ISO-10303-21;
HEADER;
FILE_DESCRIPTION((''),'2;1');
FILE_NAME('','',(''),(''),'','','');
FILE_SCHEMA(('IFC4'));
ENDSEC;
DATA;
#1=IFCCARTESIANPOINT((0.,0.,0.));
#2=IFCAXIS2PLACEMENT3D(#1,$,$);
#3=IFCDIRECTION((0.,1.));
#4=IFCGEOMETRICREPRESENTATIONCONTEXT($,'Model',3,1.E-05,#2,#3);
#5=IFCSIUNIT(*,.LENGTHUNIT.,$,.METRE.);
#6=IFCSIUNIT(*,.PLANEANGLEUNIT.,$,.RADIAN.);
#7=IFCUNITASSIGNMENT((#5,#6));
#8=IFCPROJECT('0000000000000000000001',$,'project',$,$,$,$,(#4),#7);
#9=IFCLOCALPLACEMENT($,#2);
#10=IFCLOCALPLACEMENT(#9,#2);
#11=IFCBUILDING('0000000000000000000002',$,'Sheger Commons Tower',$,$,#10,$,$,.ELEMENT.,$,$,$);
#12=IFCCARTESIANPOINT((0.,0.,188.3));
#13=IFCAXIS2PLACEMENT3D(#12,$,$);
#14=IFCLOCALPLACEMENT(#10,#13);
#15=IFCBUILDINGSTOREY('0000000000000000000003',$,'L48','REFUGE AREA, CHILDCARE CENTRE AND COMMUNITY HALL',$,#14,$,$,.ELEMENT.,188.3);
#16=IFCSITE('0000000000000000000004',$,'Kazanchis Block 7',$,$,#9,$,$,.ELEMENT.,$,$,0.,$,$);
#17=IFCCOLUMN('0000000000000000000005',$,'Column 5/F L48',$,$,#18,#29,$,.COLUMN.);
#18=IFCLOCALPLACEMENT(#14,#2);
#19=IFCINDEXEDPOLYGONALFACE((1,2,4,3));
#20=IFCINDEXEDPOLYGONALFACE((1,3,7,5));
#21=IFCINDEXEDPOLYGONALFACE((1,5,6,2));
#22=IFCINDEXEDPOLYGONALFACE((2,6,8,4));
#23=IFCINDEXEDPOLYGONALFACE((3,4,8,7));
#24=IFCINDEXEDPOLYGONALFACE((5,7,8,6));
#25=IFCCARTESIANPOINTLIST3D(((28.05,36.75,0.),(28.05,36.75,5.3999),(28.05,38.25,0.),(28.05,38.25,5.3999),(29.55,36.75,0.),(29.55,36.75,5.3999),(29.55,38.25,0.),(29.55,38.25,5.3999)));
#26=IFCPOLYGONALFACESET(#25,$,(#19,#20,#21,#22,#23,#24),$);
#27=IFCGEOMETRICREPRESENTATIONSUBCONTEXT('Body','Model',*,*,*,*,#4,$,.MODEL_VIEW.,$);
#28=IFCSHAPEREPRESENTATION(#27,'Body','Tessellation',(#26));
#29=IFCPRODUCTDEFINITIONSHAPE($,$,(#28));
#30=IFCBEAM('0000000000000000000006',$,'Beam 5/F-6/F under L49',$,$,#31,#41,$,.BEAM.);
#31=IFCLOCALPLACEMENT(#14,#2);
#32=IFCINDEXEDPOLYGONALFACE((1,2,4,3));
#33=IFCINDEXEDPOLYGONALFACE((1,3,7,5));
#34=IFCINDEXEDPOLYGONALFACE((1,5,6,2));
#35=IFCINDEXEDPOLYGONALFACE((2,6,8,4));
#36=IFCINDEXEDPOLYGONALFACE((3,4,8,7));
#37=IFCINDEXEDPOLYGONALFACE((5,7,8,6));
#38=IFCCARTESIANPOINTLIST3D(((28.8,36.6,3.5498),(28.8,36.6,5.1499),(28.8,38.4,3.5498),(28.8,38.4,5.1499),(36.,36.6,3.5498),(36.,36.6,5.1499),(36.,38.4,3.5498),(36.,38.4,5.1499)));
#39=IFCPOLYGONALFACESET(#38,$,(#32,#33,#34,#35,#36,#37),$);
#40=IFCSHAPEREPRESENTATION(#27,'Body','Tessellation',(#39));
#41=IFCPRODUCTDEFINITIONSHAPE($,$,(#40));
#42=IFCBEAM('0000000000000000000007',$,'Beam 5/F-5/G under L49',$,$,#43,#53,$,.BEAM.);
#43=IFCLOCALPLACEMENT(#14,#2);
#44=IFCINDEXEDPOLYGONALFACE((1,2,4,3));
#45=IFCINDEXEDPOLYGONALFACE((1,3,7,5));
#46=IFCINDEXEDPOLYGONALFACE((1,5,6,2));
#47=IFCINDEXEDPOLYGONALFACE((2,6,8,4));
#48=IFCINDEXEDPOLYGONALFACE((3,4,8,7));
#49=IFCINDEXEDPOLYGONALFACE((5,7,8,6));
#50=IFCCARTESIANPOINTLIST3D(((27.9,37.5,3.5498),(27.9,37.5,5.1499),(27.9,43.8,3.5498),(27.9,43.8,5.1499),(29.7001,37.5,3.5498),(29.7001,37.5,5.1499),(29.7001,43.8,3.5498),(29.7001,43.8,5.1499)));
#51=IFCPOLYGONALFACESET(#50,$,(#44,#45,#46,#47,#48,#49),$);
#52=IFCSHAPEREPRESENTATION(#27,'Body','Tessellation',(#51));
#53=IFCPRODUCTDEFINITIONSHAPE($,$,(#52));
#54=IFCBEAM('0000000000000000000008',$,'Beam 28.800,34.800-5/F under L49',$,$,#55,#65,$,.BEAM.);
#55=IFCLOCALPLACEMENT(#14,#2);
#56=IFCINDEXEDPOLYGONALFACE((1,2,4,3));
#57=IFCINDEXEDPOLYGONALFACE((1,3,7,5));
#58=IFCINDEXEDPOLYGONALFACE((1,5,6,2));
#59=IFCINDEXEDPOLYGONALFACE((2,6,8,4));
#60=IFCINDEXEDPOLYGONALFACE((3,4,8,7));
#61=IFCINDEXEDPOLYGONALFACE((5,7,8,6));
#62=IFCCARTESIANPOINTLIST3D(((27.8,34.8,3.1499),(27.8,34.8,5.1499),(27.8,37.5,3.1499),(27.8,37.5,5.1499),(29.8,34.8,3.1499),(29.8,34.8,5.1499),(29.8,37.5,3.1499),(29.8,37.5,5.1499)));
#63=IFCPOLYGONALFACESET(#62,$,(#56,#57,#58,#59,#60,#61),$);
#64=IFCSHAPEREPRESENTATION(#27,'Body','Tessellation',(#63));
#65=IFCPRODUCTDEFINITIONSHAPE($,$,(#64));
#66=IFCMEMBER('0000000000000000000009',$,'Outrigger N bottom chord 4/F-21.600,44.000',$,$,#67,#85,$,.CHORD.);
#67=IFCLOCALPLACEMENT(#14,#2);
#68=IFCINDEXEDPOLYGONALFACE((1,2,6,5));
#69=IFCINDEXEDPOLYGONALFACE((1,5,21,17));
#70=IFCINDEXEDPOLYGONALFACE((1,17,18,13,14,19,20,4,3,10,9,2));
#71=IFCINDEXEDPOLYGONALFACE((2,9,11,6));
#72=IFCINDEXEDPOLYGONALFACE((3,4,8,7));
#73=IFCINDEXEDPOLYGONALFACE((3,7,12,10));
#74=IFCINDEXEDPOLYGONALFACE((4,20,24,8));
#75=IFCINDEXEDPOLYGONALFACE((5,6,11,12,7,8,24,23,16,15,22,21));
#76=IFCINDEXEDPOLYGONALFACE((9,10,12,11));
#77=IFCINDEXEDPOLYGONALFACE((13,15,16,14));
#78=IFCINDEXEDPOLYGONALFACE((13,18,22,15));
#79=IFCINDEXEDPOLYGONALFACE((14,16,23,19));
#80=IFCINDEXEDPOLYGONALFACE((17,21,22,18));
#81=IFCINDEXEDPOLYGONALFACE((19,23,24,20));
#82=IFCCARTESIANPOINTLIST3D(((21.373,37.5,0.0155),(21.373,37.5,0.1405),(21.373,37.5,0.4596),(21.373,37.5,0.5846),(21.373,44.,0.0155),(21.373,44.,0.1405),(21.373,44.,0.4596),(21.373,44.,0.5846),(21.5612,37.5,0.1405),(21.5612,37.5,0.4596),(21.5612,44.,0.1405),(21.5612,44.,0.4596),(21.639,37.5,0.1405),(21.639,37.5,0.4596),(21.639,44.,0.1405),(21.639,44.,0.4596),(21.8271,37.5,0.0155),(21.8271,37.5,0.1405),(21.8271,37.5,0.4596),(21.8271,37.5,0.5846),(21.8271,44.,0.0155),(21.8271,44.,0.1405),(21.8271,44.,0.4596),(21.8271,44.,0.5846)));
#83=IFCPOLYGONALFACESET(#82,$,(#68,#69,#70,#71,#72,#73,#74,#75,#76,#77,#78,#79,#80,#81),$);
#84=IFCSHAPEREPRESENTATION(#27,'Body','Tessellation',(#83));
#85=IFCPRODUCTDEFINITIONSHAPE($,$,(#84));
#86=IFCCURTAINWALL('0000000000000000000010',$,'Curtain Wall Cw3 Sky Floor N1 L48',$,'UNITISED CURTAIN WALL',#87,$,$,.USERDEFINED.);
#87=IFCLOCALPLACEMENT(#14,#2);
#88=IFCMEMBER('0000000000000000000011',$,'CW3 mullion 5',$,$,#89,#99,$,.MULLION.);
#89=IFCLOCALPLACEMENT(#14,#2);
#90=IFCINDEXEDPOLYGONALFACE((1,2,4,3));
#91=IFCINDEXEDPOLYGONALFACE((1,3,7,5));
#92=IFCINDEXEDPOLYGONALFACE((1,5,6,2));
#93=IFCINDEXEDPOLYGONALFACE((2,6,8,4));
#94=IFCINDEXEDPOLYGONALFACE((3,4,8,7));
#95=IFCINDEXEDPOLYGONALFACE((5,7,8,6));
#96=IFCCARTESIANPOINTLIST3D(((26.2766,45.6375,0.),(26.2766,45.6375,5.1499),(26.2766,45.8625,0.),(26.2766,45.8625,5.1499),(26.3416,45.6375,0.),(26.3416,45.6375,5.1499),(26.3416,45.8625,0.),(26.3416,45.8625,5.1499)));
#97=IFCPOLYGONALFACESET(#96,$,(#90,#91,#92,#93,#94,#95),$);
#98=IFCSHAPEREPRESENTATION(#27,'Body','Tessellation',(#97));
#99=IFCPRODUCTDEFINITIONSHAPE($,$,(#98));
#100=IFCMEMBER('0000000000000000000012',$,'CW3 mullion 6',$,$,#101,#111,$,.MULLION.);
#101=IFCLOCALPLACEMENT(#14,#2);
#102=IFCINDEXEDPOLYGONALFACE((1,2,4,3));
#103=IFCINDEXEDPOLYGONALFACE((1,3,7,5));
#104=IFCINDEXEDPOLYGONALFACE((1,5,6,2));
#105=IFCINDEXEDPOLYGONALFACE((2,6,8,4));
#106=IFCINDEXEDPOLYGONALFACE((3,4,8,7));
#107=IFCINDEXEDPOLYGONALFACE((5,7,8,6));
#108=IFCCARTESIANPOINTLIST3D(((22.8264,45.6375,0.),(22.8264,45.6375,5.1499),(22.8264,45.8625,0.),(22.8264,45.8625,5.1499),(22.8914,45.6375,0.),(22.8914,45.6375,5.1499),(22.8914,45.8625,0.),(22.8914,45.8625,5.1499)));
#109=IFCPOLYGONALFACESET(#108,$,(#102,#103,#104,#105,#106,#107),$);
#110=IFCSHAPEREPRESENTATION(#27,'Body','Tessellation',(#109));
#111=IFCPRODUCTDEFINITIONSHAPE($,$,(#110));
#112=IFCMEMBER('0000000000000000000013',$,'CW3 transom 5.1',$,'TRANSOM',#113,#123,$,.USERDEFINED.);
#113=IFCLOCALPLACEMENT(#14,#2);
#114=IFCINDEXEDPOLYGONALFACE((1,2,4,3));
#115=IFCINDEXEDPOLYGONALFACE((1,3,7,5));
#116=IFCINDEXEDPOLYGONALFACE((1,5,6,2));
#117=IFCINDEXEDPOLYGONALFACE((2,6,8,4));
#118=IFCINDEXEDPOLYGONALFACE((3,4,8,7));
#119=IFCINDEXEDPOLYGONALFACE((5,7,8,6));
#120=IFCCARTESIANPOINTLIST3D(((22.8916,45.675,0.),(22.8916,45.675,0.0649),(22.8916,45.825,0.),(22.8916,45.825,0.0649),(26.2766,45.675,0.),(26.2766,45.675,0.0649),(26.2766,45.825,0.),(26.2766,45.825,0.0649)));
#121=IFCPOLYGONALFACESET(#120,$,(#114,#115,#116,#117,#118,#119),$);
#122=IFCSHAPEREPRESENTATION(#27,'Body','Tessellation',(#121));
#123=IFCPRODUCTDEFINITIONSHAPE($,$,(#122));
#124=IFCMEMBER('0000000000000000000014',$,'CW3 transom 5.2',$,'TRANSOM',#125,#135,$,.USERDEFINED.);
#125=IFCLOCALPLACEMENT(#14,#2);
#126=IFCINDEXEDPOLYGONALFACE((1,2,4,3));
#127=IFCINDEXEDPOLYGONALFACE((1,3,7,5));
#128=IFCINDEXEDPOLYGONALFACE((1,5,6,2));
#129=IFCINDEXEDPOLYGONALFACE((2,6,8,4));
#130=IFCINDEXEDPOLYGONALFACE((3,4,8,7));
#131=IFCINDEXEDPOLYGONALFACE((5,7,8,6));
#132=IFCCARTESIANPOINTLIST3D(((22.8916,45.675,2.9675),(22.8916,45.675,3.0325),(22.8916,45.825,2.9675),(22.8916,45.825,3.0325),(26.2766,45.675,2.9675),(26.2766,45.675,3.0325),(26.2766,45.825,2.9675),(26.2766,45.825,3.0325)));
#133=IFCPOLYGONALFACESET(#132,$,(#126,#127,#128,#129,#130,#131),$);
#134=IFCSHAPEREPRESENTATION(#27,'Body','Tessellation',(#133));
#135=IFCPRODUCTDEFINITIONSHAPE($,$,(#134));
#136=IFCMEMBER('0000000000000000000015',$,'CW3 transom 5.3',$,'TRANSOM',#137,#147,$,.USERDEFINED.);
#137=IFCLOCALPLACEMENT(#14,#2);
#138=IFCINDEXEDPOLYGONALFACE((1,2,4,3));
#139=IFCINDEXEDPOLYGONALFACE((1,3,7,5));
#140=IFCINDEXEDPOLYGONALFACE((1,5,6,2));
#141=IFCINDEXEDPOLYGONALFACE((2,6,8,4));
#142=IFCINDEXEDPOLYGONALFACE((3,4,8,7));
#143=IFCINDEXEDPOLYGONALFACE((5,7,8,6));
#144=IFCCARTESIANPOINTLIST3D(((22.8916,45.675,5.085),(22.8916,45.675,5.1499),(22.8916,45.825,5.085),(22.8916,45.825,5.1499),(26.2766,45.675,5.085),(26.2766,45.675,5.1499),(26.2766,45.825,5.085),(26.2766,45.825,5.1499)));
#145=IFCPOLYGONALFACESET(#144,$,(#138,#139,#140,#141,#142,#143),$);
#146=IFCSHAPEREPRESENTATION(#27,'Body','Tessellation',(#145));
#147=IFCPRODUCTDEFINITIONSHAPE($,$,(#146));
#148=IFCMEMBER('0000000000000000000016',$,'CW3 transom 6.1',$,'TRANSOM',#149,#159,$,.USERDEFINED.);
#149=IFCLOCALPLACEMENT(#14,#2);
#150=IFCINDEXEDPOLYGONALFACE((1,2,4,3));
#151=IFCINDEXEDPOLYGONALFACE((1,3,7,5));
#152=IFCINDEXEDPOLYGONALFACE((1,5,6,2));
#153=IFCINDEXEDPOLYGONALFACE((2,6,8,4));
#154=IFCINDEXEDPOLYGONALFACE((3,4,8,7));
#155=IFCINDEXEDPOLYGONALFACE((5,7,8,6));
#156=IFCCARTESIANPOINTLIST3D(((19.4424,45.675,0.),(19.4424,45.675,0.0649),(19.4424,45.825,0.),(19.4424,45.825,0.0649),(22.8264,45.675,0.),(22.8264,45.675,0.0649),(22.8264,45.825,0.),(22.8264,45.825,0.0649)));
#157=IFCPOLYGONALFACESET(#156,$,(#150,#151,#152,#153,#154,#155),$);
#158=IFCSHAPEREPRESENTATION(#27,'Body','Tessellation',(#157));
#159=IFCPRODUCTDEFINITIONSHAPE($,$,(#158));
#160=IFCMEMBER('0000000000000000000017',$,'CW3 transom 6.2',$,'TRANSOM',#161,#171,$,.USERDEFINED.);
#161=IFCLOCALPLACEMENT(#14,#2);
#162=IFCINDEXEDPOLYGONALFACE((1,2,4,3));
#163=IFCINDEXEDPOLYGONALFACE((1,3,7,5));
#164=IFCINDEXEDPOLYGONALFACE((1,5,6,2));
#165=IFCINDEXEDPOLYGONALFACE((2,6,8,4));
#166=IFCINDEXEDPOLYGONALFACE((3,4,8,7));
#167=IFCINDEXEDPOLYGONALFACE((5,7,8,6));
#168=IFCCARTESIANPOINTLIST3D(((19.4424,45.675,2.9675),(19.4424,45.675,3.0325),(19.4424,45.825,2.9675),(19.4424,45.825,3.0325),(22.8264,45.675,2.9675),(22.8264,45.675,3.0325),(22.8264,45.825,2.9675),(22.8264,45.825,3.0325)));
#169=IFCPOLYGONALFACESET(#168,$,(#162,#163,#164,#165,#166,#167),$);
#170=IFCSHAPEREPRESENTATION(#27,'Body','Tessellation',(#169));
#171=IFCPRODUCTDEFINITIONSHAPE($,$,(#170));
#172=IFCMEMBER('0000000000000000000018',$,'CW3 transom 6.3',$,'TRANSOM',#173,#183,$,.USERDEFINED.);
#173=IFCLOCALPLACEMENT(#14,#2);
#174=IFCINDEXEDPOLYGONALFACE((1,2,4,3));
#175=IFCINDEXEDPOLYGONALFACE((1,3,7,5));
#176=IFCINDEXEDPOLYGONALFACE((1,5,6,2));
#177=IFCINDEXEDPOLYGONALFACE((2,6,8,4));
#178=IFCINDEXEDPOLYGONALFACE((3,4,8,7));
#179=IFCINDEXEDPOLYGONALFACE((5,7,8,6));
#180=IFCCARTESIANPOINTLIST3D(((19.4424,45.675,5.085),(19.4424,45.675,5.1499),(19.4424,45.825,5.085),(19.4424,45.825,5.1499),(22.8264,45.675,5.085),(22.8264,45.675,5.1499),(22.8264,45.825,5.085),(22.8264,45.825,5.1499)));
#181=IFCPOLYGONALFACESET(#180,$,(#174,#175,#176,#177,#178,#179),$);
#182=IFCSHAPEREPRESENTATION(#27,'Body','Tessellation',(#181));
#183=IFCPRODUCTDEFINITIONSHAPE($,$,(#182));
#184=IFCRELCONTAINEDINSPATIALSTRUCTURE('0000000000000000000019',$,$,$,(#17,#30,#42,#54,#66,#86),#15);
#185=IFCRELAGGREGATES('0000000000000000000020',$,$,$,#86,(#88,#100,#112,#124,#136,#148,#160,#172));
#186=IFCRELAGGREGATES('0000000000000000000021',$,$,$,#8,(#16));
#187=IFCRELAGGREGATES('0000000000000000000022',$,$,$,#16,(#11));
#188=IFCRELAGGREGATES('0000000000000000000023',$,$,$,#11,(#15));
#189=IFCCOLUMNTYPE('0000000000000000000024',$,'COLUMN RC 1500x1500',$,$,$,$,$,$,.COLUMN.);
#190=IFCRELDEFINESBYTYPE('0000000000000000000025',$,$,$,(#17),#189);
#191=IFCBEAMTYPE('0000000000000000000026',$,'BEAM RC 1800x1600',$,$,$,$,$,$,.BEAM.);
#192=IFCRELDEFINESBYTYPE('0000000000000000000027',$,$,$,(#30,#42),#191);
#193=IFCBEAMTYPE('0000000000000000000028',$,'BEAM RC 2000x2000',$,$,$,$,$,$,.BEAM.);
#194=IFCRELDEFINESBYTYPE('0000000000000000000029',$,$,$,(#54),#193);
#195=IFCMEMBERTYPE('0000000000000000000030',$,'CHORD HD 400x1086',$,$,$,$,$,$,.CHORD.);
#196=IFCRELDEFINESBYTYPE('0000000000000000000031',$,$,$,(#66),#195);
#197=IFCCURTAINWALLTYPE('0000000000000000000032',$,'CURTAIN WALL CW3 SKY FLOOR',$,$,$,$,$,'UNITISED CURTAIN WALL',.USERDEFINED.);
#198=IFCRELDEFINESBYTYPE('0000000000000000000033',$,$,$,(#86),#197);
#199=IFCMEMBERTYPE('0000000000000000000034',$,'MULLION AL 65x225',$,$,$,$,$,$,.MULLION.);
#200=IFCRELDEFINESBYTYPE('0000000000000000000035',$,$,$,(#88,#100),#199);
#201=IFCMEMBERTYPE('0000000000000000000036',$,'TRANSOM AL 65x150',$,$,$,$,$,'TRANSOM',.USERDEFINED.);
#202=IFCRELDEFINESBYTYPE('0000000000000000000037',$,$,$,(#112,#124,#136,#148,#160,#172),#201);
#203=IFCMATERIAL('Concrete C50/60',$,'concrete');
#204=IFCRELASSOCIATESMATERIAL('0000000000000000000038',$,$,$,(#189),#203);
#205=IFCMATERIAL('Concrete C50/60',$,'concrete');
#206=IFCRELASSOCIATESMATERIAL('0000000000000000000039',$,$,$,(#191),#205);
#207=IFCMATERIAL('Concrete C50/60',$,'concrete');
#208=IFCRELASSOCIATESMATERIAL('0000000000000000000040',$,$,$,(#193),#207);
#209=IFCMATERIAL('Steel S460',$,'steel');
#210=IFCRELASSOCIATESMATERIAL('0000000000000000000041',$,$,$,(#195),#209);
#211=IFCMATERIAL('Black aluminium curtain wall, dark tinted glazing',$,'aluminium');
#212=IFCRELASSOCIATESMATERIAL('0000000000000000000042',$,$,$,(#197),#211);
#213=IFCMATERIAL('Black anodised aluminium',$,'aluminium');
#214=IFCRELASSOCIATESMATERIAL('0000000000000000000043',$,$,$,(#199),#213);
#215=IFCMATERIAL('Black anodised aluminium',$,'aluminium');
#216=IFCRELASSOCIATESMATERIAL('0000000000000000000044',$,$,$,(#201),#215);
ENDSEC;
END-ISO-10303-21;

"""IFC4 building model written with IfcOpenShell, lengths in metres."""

from ifc_helpers import new_model, si_unit, direction, frame, origin, origin_2d, place, context, subcontext, project, spatial, rectangle, i_section, extrude, material, material_profile, profile_set, type_object, element, aggregate, save


model = new_model("IFC4")

# Units and contexts
model_context = context("Model", 3, precision=1e-05, world=origin(), true_north=direction((0.0, 1.0)))
body_context = subcontext(model_context, "Body", "Model", "MODEL_VIEW")
ifc_project = project(units=[si_unit("LENGTHUNIT", "METRE"), si_unit("PLANEANGLEUNIT", "RADIAN")], contexts=[model_context])

# Site, building, storey
site_placement = place(None, origin())
site = spatial("IfcSite", under=ifc_project, at=site_placement, Name="Kazanchis Block 7", CompositionType="ELEMENT", RefElevation=0.0)
building_placement = place(site_placement, origin())
building = spatial("IfcBuilding", under=site, at=building_placement, Name="Sheger Commons Tower", CompositionType="ELEMENT")
storey_placement = place(building_placement, frame((0.0, 0.0, 188.3)))
storey = spatial("IfcBuildingStorey", under=building, at=storey_placement, Name="L48", Description="REFUGE AREA, CHILDCARE CENTRE AND COMMUNITY HALL", CompositionType="ELEMENT", Elevation=188.3)

# Column
ifc_material_1 = material(Name="Concrete C50/60", Category="concrete")
ifc_material_profile_1 = material_profile(ifc_material_1, rectangle(XDim=1.5, YDim=1.5, at=origin_2d()), Name="RC 1500x1500")
ifc_profile_set_1 = profile_set([ifc_material_profile_1], Name="Concrete C50/60")
column_type = type_object("IfcColumnType", Name="COLUMN RC 1500x1500", PredefinedType="COLUMN", material=ifc_profile_set_1)
column_placement = place(storey_placement, frame((28.8, 37.5, 0.0), z_axis=(0.0, 0.0, 1.0), x_axis=(1.0, 0.0, 0.0)))
element("IfcColumn", 1, at=column_placement, inside=storey, type_object=column_type, Name="Column 5/F L48", PredefinedType="COLUMN", context=body_context, shape_type="SweptSolid", body=[
    extrude(rectangle(XDim=1.5, YDim=1.5, at=origin_2d()), origin(), (0.0, 0.0, 1.0), 5.3999),
])

# Beams
ifc_material_2 = material(Name="Concrete C50/60", Category="concrete")
ifc_material_profile_2 = material_profile(ifc_material_2, rectangle(XDim=1.8, YDim=1.6001, at=origin_2d()), Name="RC 1800x1600")
ifc_profile_set_2 = profile_set([ifc_material_profile_2], Name="Concrete C50/60")
beam_type_1 = type_object("IfcBeamType", Name="BEAM RC 1800x1600", PredefinedType="BEAM", material=ifc_profile_set_2)
beam_1_placement = place(storey_placement, frame((28.8, 37.5, 4.3499), z_axis=(1.0, 0.0, 0.0), x_axis=(0.0, 1.0, 0.0)))
element("IfcBeam", 2, at=beam_1_placement, inside=storey, type_object=beam_type_1, Name="Beam 5/F-6/F under L49", PredefinedType="BEAM", context=body_context, shape_type="SweptSolid", body=[
    extrude(rectangle(XDim=1.8, YDim=1.6001, at=origin_2d()), origin(), (0.0, 0.0, 1.0), 7.2),
])
beam_2_placement = place(storey_placement, frame((28.8, 37.5, 4.3499), z_axis=(0.0, 1.0, 0.0), x_axis=(-1.0, 0.0, 0.0)))
element("IfcBeam", 3, at=beam_2_placement, inside=storey, type_object=beam_type_1, Name="Beam 5/F-5/G under L49", PredefinedType="BEAM", context=body_context, shape_type="SweptSolid", body=[
    extrude(rectangle(XDim=1.8, YDim=1.6001, at=origin_2d()), origin(), (0.0, 0.0, 1.0), 6.3),
])
ifc_material_3 = material(Name="Concrete C50/60", Category="concrete")
ifc_material_profile_3 = material_profile(ifc_material_3, rectangle(XDim=2.0, YDim=2.0, at=origin_2d()), Name="RC 2000x2000")
ifc_profile_set_3 = profile_set([ifc_material_profile_3], Name="Concrete C50/60")
beam_type_2 = type_object("IfcBeamType", Name="BEAM RC 2000x2000", PredefinedType="BEAM", material=ifc_profile_set_3)
beam_3_placement = place(storey_placement, frame((28.8, 34.8, 4.1499), z_axis=(0.0, 1.0, 0.0), x_axis=(-1.0, 0.0, 0.0)))
element("IfcBeam", 4, at=beam_3_placement, inside=storey, type_object=beam_type_2, Name="Beam 28.800,34.800-5/F under L49", PredefinedType="BEAM", context=body_context, shape_type="SweptSolid", body=[
    extrude(rectangle(XDim=2.0, YDim=2.0, at=origin_2d()), origin(), (0.0, 0.0, 1.0), 2.7),
])

# Member
ifc_material_4 = material(Name="Steel S460", Category="steel")
ifc_material_profile_4 = material_profile(ifc_material_4, i_section(OverallWidth=0.4541, OverallDepth=0.5691, WebThickness=0.0779, FlangeThickness=0.125, at=origin_2d()), Name="HD 400x1086")
ifc_profile_set_4 = profile_set([ifc_material_profile_4], Name="Steel S460")
member_type_1 = type_object("IfcMemberType", Name="CHORD HD 400x1086", PredefinedType="CHORD", material=ifc_profile_set_4)
member_1_placement = place(storey_placement, frame((21.6001, 37.5, 0.3), z_axis=(0.0, 1.0, 0.0), x_axis=(-1.0, 0.0, 0.0)))
element("IfcMember", 5, at=member_1_placement, inside=storey, type_object=member_type_1, Name="Outrigger N bottom chord 4/F-21.600,44.000", PredefinedType="CHORD", context=body_context, shape_type="SweptSolid", body=[
    extrude(i_section(OverallWidth=0.4541, OverallDepth=0.5691, WebThickness=0.0779, FlangeThickness=0.125, at=origin_2d()), origin(), (0.0, 0.0, 1.0), 6.5),
])

# Curtain wall, members
ifc_material_5 = material(Name="Black aluminium curtain wall, dark tinted glazing", Category="aluminium")
curtain_wall_type = type_object("IfcCurtainWallType", Name="CURTAIN WALL CW3 SKY FLOOR", ElementType="UNITISED CURTAIN WALL", PredefinedType="USERDEFINED", material=ifc_material_5)
curtain_wall_placement = place(storey_placement, origin())
curtain_wall = element("IfcCurtainWall", 6, at=curtain_wall_placement, inside=storey, type_object=curtain_wall_type, Name="Curtain Wall Cw3 Sky Floor N1 L48", ObjectType="UNITISED CURTAIN WALL", PredefinedType="USERDEFINED")
ifc_material_6 = material(Name="Black anodised aluminium", Category="aluminium")
ifc_material_profile_5 = material_profile(ifc_material_6, rectangle(XDim=0.2251, YDim=0.0649, at=origin_2d()), Name="AL 65x225")
ifc_profile_set_5 = profile_set([ifc_material_profile_5], Name="Black anodised aluminium")
member_type_2 = type_object("IfcMemberType", Name="MULLION AL 65x225", PredefinedType="MULLION", material=ifc_profile_set_5)
member_2_placement = place(storey_placement, frame((26.3091, 45.75, 0.0), z_axis=(0.0, 0.0, 1.0), x_axis=(0.0, -1.0, 0.0)))
member_2 = element("IfcMember", 7, at=member_2_placement, type_object=member_type_2, Name="CW3 mullion 5", PredefinedType="MULLION", context=body_context, shape_type="SweptSolid", body=[
    extrude(rectangle(XDim=0.2251, YDim=0.0649, at=origin_2d()), origin(), (0.0, 0.0, 1.0), 5.1499),
])
member_3_placement = place(storey_placement, frame((22.8589, 45.75, 0.0), z_axis=(0.0, 0.0, 1.0), x_axis=(0.0, -1.0, 0.0)))
member_3 = element("IfcMember", 8, at=member_3_placement, type_object=member_type_2, Name="CW3 mullion 6", PredefinedType="MULLION", context=body_context, shape_type="SweptSolid", body=[
    extrude(rectangle(XDim=0.2251, YDim=0.0649, at=origin_2d()), origin(), (0.0, 0.0, 1.0), 5.1499),
])
ifc_material_7 = material(Name="Black anodised aluminium", Category="aluminium")
ifc_material_profile_6 = material_profile(ifc_material_7, rectangle(XDim=0.1499, YDim=0.0649, at=origin_2d()), Name="AL 65x150")
ifc_profile_set_6 = profile_set([ifc_material_profile_6], Name="Black anodised aluminium")
member_type_3 = type_object("IfcMemberType", Name="TRANSOM AL 65x150", ElementType="TRANSOM", PredefinedType="USERDEFINED", material=ifc_profile_set_6)
member_4_placement = place(storey_placement, frame((26.2766, 45.75, 0.0325), z_axis=(-1.0, 0.0, 0.0), x_axis=(0.0, -1.0, 0.0)))
member_4 = element("IfcMember", 9, at=member_4_placement, type_object=member_type_3, Name="CW3 transom 5.1", ObjectType="TRANSOM", PredefinedType="USERDEFINED", context=body_context, shape_type="SweptSolid", body=[
    extrude(rectangle(XDim=0.1499, YDim=0.0649, at=origin_2d()), origin(), (0.0, 0.0, 1.0), 3.385),
])
member_5_placement = place(storey_placement, frame((26.2766, 45.75, 3.0), z_axis=(-1.0, 0.0, 0.0), x_axis=(0.0, -1.0, 0.0)))
member_5 = element("IfcMember", 10, at=member_5_placement, type_object=member_type_3, Name="CW3 transom 5.2", ObjectType="TRANSOM", PredefinedType="USERDEFINED", context=body_context, shape_type="SweptSolid", body=[
    extrude(rectangle(XDim=0.1499, YDim=0.0649, at=origin_2d()), origin(), (0.0, 0.0, 1.0), 3.385),
])
member_6_placement = place(storey_placement, frame((26.2766, 45.75, 5.1174), z_axis=(-1.0, 0.0, 0.0), x_axis=(0.0, -1.0, 0.0)))
member_6 = element("IfcMember", 11, at=member_6_placement, type_object=member_type_3, Name="CW3 transom 5.3", ObjectType="TRANSOM", PredefinedType="USERDEFINED", context=body_context, shape_type="SweptSolid", body=[
    extrude(rectangle(XDim=0.1499, YDim=0.0649, at=origin_2d()), origin(), (0.0, 0.0, 1.0), 3.385),
])
member_7_placement = place(storey_placement, frame((22.8264, 45.75, 0.0325), z_axis=(-1.0, 0.0, 0.0), x_axis=(0.0, -1.0, 0.0)))
member_7 = element("IfcMember", 12, at=member_7_placement, type_object=member_type_3, Name="CW3 transom 6.1", ObjectType="TRANSOM", PredefinedType="USERDEFINED", context=body_context, shape_type="SweptSolid", body=[
    extrude(rectangle(XDim=0.1499, YDim=0.0649, at=origin_2d()), origin(), (0.0, 0.0, 1.0), 3.384),
])
member_8_placement = place(storey_placement, frame((22.8264, 45.75, 3.0), z_axis=(-1.0, 0.0, 0.0), x_axis=(0.0, -1.0, 0.0)))
member_8 = element("IfcMember", 13, at=member_8_placement, type_object=member_type_3, Name="CW3 transom 6.2", ObjectType="TRANSOM", PredefinedType="USERDEFINED", context=body_context, shape_type="SweptSolid", body=[
    extrude(rectangle(XDim=0.1499, YDim=0.0649, at=origin_2d()), origin(), (0.0, 0.0, 1.0), 3.384),
])
member_9_placement = place(storey_placement, frame((22.8264, 45.75, 5.1174), z_axis=(-1.0, 0.0, 0.0), x_axis=(0.0, -1.0, 0.0)))
member_9 = element("IfcMember", 14, at=member_9_placement, type_object=member_type_3, Name="CW3 transom 6.3", ObjectType="TRANSOM", PredefinedType="USERDEFINED", context=body_context, shape_type="SweptSolid", body=[
    extrude(rectangle(XDim=0.1499, YDim=0.0649, at=origin_2d()), origin(), (0.0, 0.0, 1.0), 3.384),
])
aggregate(curtain_wall, [member_2, member_3, member_4, member_5, member_6, member_7, member_8, member_9])

save(model, "model.ifc")
